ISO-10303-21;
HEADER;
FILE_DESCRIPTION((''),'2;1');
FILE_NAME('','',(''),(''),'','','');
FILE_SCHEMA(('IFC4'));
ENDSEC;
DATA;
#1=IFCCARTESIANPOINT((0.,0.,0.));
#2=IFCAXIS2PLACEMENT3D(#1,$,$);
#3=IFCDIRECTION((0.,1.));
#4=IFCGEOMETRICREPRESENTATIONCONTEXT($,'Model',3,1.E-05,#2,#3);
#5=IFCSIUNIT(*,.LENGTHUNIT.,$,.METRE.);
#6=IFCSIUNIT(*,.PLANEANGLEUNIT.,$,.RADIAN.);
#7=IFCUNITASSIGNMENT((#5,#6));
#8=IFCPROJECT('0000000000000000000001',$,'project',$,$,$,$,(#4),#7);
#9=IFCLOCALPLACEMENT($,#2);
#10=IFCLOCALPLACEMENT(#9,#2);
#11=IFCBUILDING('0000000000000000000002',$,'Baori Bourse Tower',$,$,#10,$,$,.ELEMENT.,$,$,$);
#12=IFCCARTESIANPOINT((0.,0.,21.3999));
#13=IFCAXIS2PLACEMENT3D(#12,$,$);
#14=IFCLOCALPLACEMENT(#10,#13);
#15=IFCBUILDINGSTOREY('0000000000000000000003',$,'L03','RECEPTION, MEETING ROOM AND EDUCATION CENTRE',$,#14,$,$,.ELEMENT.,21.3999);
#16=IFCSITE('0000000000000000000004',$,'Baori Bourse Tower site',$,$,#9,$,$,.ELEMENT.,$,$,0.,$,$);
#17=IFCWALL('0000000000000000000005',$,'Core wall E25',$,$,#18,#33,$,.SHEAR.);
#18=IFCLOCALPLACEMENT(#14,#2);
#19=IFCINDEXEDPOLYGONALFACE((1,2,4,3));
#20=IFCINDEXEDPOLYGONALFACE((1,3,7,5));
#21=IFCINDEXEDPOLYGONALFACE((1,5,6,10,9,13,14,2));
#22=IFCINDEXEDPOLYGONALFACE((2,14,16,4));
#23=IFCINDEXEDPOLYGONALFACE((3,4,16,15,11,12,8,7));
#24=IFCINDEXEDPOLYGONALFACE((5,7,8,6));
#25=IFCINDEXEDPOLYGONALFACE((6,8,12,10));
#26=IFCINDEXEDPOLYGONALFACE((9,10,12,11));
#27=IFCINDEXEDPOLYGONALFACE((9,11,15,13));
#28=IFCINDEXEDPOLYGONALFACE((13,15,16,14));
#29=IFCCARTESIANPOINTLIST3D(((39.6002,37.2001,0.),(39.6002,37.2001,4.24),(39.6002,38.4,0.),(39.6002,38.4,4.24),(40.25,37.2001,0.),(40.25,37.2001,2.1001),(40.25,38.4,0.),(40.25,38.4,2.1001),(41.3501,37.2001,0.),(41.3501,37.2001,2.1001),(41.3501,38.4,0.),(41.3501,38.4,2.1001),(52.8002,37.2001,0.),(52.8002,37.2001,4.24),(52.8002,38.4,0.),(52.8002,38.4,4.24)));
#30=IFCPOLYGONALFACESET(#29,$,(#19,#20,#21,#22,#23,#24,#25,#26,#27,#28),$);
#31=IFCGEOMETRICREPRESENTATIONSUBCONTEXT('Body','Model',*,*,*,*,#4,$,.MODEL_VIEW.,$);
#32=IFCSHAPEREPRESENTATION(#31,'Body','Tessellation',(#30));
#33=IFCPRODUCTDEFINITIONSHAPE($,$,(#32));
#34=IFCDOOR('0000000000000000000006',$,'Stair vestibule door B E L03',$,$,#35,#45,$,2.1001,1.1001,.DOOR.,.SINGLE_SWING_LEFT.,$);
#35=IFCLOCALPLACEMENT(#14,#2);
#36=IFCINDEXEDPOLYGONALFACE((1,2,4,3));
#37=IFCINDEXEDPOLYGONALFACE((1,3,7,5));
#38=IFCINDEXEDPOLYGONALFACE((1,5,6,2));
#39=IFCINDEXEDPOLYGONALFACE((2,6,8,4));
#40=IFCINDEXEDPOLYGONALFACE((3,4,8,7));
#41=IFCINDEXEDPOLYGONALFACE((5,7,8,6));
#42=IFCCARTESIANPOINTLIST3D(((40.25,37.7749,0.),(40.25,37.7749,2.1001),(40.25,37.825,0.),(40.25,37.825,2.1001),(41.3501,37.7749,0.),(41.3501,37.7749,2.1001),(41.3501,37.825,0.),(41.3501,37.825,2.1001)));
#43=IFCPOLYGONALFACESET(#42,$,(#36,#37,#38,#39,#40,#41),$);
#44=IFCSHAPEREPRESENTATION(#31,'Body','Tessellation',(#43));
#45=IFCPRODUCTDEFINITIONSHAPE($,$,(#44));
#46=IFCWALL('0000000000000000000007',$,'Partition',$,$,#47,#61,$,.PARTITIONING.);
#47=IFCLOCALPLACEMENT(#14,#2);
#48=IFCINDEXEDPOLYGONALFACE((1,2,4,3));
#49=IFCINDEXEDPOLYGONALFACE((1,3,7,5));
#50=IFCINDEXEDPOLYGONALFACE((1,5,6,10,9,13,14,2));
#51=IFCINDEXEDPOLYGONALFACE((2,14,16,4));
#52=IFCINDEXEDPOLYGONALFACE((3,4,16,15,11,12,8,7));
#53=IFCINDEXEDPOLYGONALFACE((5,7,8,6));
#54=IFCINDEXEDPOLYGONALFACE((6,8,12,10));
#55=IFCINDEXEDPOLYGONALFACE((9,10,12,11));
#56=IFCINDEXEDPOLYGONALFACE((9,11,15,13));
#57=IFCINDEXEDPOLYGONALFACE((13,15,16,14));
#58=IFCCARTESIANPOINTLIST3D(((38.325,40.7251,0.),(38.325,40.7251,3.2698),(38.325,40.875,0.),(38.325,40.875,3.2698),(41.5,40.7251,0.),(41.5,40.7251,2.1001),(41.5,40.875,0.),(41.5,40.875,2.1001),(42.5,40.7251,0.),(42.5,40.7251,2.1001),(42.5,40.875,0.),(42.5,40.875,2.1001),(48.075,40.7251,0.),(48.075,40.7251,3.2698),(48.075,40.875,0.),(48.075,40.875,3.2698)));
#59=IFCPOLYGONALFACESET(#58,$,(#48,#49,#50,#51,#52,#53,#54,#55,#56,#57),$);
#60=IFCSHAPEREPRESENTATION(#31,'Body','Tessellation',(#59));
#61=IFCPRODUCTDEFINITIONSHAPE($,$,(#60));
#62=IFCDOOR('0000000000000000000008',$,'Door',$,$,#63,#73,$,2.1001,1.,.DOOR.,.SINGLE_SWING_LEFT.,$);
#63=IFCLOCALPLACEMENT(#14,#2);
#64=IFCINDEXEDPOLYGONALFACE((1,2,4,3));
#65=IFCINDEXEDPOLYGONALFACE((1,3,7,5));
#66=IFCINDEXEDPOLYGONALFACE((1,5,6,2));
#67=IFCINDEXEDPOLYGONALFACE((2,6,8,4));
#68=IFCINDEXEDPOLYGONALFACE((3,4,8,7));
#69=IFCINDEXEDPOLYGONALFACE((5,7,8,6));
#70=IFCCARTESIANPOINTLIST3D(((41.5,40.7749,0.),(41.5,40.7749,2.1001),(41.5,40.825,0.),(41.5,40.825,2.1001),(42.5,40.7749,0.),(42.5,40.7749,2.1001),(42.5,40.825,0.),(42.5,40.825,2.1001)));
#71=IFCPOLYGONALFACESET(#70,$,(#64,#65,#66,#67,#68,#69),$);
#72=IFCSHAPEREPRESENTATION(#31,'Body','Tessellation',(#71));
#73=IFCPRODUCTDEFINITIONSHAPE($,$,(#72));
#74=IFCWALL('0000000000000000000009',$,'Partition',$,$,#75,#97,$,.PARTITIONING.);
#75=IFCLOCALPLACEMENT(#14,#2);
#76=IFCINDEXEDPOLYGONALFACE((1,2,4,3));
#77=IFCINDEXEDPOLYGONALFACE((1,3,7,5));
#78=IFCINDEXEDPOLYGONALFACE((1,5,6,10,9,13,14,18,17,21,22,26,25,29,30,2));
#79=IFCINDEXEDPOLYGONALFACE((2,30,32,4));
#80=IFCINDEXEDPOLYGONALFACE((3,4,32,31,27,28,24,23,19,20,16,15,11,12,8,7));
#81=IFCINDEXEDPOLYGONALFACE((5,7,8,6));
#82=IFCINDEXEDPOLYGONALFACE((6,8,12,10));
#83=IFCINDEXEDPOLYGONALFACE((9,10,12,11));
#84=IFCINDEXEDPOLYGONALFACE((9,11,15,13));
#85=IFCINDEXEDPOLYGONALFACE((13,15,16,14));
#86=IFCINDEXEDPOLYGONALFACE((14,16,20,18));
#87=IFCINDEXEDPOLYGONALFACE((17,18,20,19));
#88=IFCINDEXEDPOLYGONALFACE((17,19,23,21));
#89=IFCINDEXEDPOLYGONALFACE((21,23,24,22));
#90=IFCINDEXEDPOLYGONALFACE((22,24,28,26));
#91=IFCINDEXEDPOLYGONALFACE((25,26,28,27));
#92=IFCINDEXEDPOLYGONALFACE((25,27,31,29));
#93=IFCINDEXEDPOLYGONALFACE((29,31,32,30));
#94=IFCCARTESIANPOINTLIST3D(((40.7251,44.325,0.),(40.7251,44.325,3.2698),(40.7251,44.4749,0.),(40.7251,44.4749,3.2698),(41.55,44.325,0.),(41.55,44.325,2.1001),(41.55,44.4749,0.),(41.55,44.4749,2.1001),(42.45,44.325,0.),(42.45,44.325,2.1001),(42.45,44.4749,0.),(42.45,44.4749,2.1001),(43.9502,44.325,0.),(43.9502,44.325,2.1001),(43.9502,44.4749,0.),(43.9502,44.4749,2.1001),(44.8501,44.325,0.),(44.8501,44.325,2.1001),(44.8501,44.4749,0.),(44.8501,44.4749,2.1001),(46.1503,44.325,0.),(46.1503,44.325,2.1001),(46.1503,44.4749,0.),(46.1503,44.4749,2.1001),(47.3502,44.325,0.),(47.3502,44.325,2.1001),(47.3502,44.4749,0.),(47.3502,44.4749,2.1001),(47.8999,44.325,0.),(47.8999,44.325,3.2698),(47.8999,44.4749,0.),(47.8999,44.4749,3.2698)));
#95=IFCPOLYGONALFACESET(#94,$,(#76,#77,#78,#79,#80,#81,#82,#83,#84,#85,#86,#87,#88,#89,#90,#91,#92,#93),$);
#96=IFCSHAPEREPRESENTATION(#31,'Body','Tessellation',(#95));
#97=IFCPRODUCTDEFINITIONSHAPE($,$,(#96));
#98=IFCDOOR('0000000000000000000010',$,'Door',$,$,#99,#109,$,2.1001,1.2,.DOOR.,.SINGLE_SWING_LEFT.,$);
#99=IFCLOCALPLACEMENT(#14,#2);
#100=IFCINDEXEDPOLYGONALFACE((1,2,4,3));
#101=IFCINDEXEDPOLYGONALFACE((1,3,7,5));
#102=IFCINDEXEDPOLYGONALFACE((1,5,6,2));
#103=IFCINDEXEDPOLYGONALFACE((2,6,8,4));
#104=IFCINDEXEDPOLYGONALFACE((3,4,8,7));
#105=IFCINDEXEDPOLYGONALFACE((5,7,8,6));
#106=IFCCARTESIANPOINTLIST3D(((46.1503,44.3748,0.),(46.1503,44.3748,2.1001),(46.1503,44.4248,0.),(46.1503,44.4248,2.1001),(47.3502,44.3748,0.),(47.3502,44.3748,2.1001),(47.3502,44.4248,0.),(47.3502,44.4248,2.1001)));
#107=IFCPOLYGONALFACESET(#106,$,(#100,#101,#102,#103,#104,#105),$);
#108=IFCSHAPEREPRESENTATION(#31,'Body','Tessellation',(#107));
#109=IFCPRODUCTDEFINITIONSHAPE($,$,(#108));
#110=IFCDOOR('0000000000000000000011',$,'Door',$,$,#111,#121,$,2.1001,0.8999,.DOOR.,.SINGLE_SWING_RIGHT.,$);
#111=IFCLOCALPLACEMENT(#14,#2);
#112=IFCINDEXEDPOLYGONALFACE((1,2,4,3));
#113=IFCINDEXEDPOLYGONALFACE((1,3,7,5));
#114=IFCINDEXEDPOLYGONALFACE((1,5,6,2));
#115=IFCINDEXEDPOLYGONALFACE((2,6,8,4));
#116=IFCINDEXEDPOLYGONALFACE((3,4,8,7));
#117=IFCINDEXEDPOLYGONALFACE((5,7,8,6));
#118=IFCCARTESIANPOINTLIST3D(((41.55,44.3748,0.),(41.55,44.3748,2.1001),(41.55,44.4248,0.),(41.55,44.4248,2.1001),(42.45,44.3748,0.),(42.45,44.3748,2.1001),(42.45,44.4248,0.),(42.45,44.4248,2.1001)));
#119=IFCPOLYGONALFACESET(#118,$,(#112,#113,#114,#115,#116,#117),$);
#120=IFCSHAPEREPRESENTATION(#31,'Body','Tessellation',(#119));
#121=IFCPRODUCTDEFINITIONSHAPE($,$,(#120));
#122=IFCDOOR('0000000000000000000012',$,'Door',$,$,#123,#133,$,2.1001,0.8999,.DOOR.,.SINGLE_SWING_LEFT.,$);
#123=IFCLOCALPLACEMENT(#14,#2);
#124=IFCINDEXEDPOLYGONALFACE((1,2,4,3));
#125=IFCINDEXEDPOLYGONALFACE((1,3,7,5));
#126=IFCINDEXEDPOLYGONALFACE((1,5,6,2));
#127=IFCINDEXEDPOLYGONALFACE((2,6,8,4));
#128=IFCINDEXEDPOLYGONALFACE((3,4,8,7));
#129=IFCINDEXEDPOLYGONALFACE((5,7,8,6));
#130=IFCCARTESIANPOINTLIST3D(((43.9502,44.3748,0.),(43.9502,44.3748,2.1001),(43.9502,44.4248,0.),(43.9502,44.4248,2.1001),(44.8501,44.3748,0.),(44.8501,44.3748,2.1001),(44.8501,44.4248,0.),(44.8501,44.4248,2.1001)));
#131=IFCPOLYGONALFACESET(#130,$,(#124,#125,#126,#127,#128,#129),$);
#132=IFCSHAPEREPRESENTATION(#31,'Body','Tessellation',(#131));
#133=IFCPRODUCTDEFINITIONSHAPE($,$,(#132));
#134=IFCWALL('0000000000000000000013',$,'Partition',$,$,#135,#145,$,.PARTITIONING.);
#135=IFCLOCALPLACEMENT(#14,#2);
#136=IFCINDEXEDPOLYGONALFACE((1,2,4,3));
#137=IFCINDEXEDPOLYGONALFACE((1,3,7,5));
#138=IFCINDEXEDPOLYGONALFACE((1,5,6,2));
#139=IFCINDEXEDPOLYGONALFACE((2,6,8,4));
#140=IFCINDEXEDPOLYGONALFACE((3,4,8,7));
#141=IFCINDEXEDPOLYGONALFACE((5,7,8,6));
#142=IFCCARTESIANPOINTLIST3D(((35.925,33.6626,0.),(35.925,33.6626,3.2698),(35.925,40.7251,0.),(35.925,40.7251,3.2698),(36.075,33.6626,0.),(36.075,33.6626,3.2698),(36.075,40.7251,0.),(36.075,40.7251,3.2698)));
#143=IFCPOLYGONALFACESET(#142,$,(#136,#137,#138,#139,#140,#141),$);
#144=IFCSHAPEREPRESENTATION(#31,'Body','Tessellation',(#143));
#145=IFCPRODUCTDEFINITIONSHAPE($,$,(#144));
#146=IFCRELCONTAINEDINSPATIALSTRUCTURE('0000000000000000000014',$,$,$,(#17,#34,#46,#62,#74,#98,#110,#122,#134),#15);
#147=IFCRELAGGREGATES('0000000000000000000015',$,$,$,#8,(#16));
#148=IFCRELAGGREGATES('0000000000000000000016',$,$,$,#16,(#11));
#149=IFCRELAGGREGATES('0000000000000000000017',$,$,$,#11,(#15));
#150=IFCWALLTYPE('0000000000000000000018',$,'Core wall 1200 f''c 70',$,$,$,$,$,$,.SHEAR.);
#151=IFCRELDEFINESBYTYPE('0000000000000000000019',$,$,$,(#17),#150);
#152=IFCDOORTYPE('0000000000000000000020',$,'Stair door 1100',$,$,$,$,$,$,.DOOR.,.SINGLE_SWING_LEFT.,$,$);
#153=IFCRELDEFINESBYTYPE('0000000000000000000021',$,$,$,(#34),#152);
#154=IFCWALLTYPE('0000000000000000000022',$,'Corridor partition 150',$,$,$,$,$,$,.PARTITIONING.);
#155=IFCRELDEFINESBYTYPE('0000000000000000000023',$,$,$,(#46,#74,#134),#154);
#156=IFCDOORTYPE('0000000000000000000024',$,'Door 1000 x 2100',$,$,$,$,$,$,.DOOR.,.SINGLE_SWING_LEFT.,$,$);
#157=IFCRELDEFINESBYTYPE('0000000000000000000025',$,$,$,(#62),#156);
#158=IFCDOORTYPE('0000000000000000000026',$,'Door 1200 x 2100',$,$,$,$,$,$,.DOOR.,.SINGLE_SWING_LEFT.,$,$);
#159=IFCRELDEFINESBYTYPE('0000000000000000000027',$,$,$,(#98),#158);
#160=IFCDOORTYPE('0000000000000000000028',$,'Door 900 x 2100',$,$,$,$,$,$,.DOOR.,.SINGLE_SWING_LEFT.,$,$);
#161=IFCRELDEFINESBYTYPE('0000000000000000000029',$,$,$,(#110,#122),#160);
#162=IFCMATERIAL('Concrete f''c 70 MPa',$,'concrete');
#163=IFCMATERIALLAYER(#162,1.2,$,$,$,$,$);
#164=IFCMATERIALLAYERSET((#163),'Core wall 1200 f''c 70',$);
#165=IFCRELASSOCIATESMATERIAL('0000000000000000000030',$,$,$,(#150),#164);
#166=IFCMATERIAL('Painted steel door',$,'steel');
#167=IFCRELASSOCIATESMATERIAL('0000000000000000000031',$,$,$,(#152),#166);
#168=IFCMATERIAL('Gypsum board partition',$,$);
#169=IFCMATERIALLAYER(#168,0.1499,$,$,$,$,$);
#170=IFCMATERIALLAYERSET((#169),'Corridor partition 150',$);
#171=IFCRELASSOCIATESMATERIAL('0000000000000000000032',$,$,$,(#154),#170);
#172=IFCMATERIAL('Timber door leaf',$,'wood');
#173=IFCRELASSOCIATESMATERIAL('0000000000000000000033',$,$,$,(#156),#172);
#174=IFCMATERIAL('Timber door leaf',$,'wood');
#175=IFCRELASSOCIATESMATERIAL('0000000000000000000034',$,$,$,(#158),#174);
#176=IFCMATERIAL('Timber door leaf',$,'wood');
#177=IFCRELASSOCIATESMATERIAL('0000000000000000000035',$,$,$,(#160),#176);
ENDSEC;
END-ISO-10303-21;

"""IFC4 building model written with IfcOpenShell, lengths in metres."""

from ifc_helpers import new_model, si_unit, direction, frame, frame_2d, origin, place, context, subcontext, project, spatial, rectangle, extrude, material, layer, layer_set, type_object, element, fill, save


model = new_model("IFC4")

# Units and contexts
model_context = context("Model", 3, precision=1e-05, world=origin(), true_north=direction((0.0, 1.0)))
body_context = subcontext(model_context, "Body", "Model", "MODEL_VIEW")
ifc_project = project(units=[si_unit("LENGTHUNIT", "METRE"), si_unit("PLANEANGLEUNIT", "RADIAN")], contexts=[model_context])

# Site, building, storey
site_placement = place(None, origin())
site = spatial("IfcSite", under=ifc_project, at=site_placement, Name="Baori Bourse Tower site", CompositionType="ELEMENT", RefElevation=0.0)
building_placement = place(site_placement, origin())
building = spatial("IfcBuilding", under=site, at=building_placement, Name="Baori Bourse Tower", CompositionType="ELEMENT")
storey_placement = place(building_placement, frame((0.0, 0.0, 21.3999)))
storey = spatial("IfcBuildingStorey", under=building, at=storey_placement, Name="L03", Description="RECEPTION, MEETING ROOM AND EDUCATION CENTRE", CompositionType="ELEMENT", Elevation=21.3999)

# Walls, openings, doors
ifc_material_1 = material(Name="Concrete f'c 70 MPa", Category="concrete")
ifc_layer_1 = layer(ifc_material_1, 1.2)
ifc_layer_set_1 = layer_set([ifc_layer_1], Name="Core wall 1200 f'c 70")
wall_type_1 = type_object("IfcWallType", Name="Core wall 1200 f'c 70", PredefinedType="SHEAR", material=ifc_layer_set_1)
wall_1_placement = place(storey_placement, frame((39.6001, 37.8, 0.0), z_axis=(0.0, 0.0, 1.0), x_axis=(1.0, 0.0, 0.0)))
wall_1 = element("IfcWall", 1, at=wall_1_placement, inside=storey, type_object=wall_type_1, Name="Core wall E25", PredefinedType="SHEAR", context=body_context, shape_type="SweptSolid", body=[
    extrude(rectangle(XDim=13.2, YDim=1.2, at=frame_2d((6.6001, 0.0))), origin(), (0.0, 0.0, 1.0), 4.24),
])
opening_1_placement = place(wall_1_placement, frame((0.6499, 0.0, 0.0)))
opening_1 = element("IfcOpeningElement", 2, at=opening_1_placement, cuts=wall_1, PredefinedType="OPENING", context=body_context, shape_type="SweptSolid", body=[
    extrude(rectangle(XDim=1.1001, YDim=2.1001, at=frame_2d((0.55, 1.05))), frame((0.0, 0.6099, 0.0), z_axis=(0.0, -1.0, 0.0), x_axis=(1.0, 0.0, 0.0)), (0.0, 0.0, 1.0), 1.22),
])
ifc_material_2 = material(Name="Painted steel door", Category="steel")
door_type_1 = type_object("IfcDoorType", Name="Stair door 1100", OperationType="SINGLE_SWING_LEFT", PredefinedType="DOOR", material=ifc_material_2)
door_1_placement = place(opening_1_placement, origin())
door_1 = element("IfcDoor", 3, at=door_1_placement, inside=storey, type_object=door_type_1, Name="Stair vestibule door B E L03", OperationType="SINGLE_SWING_LEFT", OverallHeight=2.1001, OverallWidth=1.1001, PredefinedType="DOOR", context=body_context, shape_type="SweptSolid", body=[
    extrude(rectangle(XDim=1.1001, YDim=2.1001, at=frame_2d((0.55, 1.05))), frame((0.0, 0.0249, 0.0), z_axis=(0.0, -1.0, 0.0), x_axis=(1.0, 0.0, 0.0)), (0.0, 0.0, 1.0), 0.05),
])
fill(opening_1, door_1)
ifc_material_3 = material(Name="Gypsum board partition")
ifc_layer_2 = layer(ifc_material_3, 0.1499)
ifc_layer_set_2 = layer_set([ifc_layer_2], Name="Corridor partition 150")
wall_type_2 = type_object("IfcWallType", Name="Corridor partition 150", PredefinedType="PARTITIONING", material=ifc_layer_set_2)
wall_2_placement = place(storey_placement, frame((38.325, 40.8, 0.0), z_axis=(0.0, 0.0, 1.0), x_axis=(1.0, 0.0, 0.0)))
wall_2 = element("IfcWall", 4, at=wall_2_placement, inside=storey, type_object=wall_type_2, Name="Partition", PredefinedType="PARTITIONING", context=body_context, shape_type="SweptSolid", body=[
    extrude(rectangle(XDim=9.75, YDim=0.1499, at=frame_2d((4.875, 0.0))), origin(), (0.0, 0.0, 1.0), 3.2698),
])
opening_2_placement = place(wall_2_placement, frame((3.175, 0.0, 0.0)))
opening_2 = element("IfcOpeningElement", 5, at=opening_2_placement, cuts=wall_2, PredefinedType="OPENING", context=body_context, shape_type="SweptSolid", body=[
    extrude(rectangle(XDim=1.0, YDim=2.1001, at=frame_2d((0.5, 1.05))), frame((0.0, 0.085, 0.0), z_axis=(0.0, -1.0, 0.0), x_axis=(1.0, 0.0, 0.0)), (0.0, 0.0, 1.0), 0.1699),
])
ifc_material_4 = material(Name="Timber door leaf", Category="wood")
door_type_2 = type_object("IfcDoorType", Name="Door 1000 x 2100", OperationType="SINGLE_SWING_LEFT", PredefinedType="DOOR", material=ifc_material_4)
door_2_placement = place(opening_2_placement, origin())
door_2 = element("IfcDoor", 6, at=door_2_placement, inside=storey, type_object=door_type_2, Name="Door", OperationType="SINGLE_SWING_LEFT", OverallHeight=2.1001, OverallWidth=1.0, PredefinedType="DOOR", context=body_context, shape_type="SweptSolid", body=[
    extrude(rectangle(XDim=1.0, YDim=2.1001, at=frame_2d((0.5, 1.05))), frame((0.0, 0.0249, 0.0), z_axis=(0.0, -1.0, 0.0), x_axis=(1.0, 0.0, 0.0)), (0.0, 0.0, 1.0), 0.05),
])
fill(opening_2, door_2)

# Wall, openings, doors
wall_3_placement = place(storey_placement, frame((40.7251, 44.3999, 0.0), z_axis=(0.0, 0.0, 1.0), x_axis=(1.0, 0.0, 0.0)))
wall_3 = element("IfcWall", 7, at=wall_3_placement, inside=storey, type_object=wall_type_2, Name="Partition", PredefinedType="PARTITIONING", context=body_context, shape_type="SweptSolid", body=[
    extrude(rectangle(XDim=7.1748, YDim=0.1499, at=frame_2d((3.5874, 0.0))), origin(), (0.0, 0.0, 1.0), 3.2698),
])
opening_3_placement = place(wall_3_placement, frame((0.825, 0.0, 0.0)))
opening_3 = element("IfcOpeningElement", 8, at=opening_3_placement, cuts=wall_3, PredefinedType="OPENING", context=body_context, shape_type="SweptSolid", body=[
    extrude(rectangle(XDim=0.8999, YDim=2.1001, at=frame_2d((0.45, 1.05))), frame((0.0, 0.085, 0.0), z_axis=(0.0, -1.0, 0.0), x_axis=(1.0, 0.0, 0.0)), (0.0, 0.0, 1.0), 0.1699),
])
opening_4_placement = place(wall_3_placement, frame((3.2251, 0.0, 0.0)))
opening_4 = element("IfcOpeningElement", 9, at=opening_4_placement, cuts=wall_3, PredefinedType="OPENING", context=body_context, shape_type="SweptSolid", body=[
    extrude(rectangle(XDim=0.8999, YDim=2.1001, at=frame_2d((0.45, 1.05))), frame((0.0, 0.085, 0.0), z_axis=(0.0, -1.0, 0.0), x_axis=(1.0, 0.0, 0.0)), (0.0, 0.0, 1.0), 0.1699),
])
opening_5_placement = place(wall_3_placement, frame((5.425, 0.0, 0.0)))
opening_5 = element("IfcOpeningElement", 10, at=opening_5_placement, cuts=wall_3, PredefinedType="OPENING", context=body_context, shape_type="SweptSolid", body=[
    extrude(rectangle(XDim=1.2, YDim=2.1001, at=frame_2d((0.6001, 1.05))), frame((0.0, 0.085, 0.0), z_axis=(0.0, -1.0, 0.0), x_axis=(1.0, 0.0, 0.0)), (0.0, 0.0, 1.0), 0.1699),
])
ifc_material_5 = material(Name="Timber door leaf", Category="wood")
door_type_3 = type_object("IfcDoorType", Name="Door 1200 x 2100", OperationType="SINGLE_SWING_LEFT", PredefinedType="DOOR", material=ifc_material_5)
door_3_placement = place(opening_5_placement, origin())
door_3 = element("IfcDoor", 11, at=door_3_placement, inside=storey, type_object=door_type_3, Name="Door", OperationType="SINGLE_SWING_LEFT", OverallHeight=2.1001, OverallWidth=1.2, PredefinedType="DOOR", context=body_context, shape_type="SweptSolid", body=[
    extrude(rectangle(XDim=1.2, YDim=2.1001, at=frame_2d((0.6001, 1.05))), frame((0.0, 0.0249, 0.0), z_axis=(0.0, -1.0, 0.0), x_axis=(1.0, 0.0, 0.0)), (0.0, 0.0, 1.0), 0.05),
])
fill(opening_5, door_3)
ifc_material_6 = material(Name="Timber door leaf", Category="wood")
door_type_4 = type_object("IfcDoorType", Name="Door 900 x 2100", OperationType="SINGLE_SWING_LEFT", PredefinedType="DOOR", material=ifc_material_6)
door_4_placement = place(opening_3_placement, origin())
door_4 = element("IfcDoor", 12, at=door_4_placement, inside=storey, type_object=door_type_4, Name="Door", OperationType="SINGLE_SWING_RIGHT", OverallHeight=2.1001, OverallWidth=0.8999, PredefinedType="DOOR", context=body_context, shape_type="SweptSolid", body=[
    extrude(rectangle(XDim=0.8999, YDim=2.1001, at=frame_2d((0.45, 1.05))), frame((0.0, 0.0249, 0.0), z_axis=(0.0, -1.0, 0.0), x_axis=(1.0, 0.0, 0.0)), (0.0, 0.0, 1.0), 0.05),
])
fill(opening_3, door_4)
door_5_placement = place(opening_4_placement, origin())
door_5 = element("IfcDoor", 13, at=door_5_placement, inside=storey, type_object=door_type_4, Name="Door", OperationType="SINGLE_SWING_LEFT", OverallHeight=2.1001, OverallWidth=0.8999, PredefinedType="DOOR", context=body_context, shape_type="SweptSolid", body=[
    extrude(rectangle(XDim=0.8999, YDim=2.1001, at=frame_2d((0.45, 1.05))), frame((0.0, 0.0249, 0.0), z_axis=(0.0, -1.0, 0.0), x_axis=(1.0, 0.0, 0.0)), (0.0, 0.0, 1.0), 0.05),
])
fill(opening_4, door_5)

# Wall
wall_4_placement = place(storey_placement, frame((36.0, 33.6626, 0.0), z_axis=(0.0, 0.0, 1.0), x_axis=(0.0, 1.0, 0.0)))
element("IfcWall", 14, at=wall_4_placement, inside=storey, type_object=wall_type_2, Name="Partition", PredefinedType="PARTITIONING", context=body_context, shape_type="SweptSolid", body=[
    extrude(rectangle(XDim=7.0625, YDim=0.1499, at=frame_2d((3.5312, 0.0))), origin(), (0.0, 0.0, 1.0), 3.2698),
])

save(model, "model.ifc")
